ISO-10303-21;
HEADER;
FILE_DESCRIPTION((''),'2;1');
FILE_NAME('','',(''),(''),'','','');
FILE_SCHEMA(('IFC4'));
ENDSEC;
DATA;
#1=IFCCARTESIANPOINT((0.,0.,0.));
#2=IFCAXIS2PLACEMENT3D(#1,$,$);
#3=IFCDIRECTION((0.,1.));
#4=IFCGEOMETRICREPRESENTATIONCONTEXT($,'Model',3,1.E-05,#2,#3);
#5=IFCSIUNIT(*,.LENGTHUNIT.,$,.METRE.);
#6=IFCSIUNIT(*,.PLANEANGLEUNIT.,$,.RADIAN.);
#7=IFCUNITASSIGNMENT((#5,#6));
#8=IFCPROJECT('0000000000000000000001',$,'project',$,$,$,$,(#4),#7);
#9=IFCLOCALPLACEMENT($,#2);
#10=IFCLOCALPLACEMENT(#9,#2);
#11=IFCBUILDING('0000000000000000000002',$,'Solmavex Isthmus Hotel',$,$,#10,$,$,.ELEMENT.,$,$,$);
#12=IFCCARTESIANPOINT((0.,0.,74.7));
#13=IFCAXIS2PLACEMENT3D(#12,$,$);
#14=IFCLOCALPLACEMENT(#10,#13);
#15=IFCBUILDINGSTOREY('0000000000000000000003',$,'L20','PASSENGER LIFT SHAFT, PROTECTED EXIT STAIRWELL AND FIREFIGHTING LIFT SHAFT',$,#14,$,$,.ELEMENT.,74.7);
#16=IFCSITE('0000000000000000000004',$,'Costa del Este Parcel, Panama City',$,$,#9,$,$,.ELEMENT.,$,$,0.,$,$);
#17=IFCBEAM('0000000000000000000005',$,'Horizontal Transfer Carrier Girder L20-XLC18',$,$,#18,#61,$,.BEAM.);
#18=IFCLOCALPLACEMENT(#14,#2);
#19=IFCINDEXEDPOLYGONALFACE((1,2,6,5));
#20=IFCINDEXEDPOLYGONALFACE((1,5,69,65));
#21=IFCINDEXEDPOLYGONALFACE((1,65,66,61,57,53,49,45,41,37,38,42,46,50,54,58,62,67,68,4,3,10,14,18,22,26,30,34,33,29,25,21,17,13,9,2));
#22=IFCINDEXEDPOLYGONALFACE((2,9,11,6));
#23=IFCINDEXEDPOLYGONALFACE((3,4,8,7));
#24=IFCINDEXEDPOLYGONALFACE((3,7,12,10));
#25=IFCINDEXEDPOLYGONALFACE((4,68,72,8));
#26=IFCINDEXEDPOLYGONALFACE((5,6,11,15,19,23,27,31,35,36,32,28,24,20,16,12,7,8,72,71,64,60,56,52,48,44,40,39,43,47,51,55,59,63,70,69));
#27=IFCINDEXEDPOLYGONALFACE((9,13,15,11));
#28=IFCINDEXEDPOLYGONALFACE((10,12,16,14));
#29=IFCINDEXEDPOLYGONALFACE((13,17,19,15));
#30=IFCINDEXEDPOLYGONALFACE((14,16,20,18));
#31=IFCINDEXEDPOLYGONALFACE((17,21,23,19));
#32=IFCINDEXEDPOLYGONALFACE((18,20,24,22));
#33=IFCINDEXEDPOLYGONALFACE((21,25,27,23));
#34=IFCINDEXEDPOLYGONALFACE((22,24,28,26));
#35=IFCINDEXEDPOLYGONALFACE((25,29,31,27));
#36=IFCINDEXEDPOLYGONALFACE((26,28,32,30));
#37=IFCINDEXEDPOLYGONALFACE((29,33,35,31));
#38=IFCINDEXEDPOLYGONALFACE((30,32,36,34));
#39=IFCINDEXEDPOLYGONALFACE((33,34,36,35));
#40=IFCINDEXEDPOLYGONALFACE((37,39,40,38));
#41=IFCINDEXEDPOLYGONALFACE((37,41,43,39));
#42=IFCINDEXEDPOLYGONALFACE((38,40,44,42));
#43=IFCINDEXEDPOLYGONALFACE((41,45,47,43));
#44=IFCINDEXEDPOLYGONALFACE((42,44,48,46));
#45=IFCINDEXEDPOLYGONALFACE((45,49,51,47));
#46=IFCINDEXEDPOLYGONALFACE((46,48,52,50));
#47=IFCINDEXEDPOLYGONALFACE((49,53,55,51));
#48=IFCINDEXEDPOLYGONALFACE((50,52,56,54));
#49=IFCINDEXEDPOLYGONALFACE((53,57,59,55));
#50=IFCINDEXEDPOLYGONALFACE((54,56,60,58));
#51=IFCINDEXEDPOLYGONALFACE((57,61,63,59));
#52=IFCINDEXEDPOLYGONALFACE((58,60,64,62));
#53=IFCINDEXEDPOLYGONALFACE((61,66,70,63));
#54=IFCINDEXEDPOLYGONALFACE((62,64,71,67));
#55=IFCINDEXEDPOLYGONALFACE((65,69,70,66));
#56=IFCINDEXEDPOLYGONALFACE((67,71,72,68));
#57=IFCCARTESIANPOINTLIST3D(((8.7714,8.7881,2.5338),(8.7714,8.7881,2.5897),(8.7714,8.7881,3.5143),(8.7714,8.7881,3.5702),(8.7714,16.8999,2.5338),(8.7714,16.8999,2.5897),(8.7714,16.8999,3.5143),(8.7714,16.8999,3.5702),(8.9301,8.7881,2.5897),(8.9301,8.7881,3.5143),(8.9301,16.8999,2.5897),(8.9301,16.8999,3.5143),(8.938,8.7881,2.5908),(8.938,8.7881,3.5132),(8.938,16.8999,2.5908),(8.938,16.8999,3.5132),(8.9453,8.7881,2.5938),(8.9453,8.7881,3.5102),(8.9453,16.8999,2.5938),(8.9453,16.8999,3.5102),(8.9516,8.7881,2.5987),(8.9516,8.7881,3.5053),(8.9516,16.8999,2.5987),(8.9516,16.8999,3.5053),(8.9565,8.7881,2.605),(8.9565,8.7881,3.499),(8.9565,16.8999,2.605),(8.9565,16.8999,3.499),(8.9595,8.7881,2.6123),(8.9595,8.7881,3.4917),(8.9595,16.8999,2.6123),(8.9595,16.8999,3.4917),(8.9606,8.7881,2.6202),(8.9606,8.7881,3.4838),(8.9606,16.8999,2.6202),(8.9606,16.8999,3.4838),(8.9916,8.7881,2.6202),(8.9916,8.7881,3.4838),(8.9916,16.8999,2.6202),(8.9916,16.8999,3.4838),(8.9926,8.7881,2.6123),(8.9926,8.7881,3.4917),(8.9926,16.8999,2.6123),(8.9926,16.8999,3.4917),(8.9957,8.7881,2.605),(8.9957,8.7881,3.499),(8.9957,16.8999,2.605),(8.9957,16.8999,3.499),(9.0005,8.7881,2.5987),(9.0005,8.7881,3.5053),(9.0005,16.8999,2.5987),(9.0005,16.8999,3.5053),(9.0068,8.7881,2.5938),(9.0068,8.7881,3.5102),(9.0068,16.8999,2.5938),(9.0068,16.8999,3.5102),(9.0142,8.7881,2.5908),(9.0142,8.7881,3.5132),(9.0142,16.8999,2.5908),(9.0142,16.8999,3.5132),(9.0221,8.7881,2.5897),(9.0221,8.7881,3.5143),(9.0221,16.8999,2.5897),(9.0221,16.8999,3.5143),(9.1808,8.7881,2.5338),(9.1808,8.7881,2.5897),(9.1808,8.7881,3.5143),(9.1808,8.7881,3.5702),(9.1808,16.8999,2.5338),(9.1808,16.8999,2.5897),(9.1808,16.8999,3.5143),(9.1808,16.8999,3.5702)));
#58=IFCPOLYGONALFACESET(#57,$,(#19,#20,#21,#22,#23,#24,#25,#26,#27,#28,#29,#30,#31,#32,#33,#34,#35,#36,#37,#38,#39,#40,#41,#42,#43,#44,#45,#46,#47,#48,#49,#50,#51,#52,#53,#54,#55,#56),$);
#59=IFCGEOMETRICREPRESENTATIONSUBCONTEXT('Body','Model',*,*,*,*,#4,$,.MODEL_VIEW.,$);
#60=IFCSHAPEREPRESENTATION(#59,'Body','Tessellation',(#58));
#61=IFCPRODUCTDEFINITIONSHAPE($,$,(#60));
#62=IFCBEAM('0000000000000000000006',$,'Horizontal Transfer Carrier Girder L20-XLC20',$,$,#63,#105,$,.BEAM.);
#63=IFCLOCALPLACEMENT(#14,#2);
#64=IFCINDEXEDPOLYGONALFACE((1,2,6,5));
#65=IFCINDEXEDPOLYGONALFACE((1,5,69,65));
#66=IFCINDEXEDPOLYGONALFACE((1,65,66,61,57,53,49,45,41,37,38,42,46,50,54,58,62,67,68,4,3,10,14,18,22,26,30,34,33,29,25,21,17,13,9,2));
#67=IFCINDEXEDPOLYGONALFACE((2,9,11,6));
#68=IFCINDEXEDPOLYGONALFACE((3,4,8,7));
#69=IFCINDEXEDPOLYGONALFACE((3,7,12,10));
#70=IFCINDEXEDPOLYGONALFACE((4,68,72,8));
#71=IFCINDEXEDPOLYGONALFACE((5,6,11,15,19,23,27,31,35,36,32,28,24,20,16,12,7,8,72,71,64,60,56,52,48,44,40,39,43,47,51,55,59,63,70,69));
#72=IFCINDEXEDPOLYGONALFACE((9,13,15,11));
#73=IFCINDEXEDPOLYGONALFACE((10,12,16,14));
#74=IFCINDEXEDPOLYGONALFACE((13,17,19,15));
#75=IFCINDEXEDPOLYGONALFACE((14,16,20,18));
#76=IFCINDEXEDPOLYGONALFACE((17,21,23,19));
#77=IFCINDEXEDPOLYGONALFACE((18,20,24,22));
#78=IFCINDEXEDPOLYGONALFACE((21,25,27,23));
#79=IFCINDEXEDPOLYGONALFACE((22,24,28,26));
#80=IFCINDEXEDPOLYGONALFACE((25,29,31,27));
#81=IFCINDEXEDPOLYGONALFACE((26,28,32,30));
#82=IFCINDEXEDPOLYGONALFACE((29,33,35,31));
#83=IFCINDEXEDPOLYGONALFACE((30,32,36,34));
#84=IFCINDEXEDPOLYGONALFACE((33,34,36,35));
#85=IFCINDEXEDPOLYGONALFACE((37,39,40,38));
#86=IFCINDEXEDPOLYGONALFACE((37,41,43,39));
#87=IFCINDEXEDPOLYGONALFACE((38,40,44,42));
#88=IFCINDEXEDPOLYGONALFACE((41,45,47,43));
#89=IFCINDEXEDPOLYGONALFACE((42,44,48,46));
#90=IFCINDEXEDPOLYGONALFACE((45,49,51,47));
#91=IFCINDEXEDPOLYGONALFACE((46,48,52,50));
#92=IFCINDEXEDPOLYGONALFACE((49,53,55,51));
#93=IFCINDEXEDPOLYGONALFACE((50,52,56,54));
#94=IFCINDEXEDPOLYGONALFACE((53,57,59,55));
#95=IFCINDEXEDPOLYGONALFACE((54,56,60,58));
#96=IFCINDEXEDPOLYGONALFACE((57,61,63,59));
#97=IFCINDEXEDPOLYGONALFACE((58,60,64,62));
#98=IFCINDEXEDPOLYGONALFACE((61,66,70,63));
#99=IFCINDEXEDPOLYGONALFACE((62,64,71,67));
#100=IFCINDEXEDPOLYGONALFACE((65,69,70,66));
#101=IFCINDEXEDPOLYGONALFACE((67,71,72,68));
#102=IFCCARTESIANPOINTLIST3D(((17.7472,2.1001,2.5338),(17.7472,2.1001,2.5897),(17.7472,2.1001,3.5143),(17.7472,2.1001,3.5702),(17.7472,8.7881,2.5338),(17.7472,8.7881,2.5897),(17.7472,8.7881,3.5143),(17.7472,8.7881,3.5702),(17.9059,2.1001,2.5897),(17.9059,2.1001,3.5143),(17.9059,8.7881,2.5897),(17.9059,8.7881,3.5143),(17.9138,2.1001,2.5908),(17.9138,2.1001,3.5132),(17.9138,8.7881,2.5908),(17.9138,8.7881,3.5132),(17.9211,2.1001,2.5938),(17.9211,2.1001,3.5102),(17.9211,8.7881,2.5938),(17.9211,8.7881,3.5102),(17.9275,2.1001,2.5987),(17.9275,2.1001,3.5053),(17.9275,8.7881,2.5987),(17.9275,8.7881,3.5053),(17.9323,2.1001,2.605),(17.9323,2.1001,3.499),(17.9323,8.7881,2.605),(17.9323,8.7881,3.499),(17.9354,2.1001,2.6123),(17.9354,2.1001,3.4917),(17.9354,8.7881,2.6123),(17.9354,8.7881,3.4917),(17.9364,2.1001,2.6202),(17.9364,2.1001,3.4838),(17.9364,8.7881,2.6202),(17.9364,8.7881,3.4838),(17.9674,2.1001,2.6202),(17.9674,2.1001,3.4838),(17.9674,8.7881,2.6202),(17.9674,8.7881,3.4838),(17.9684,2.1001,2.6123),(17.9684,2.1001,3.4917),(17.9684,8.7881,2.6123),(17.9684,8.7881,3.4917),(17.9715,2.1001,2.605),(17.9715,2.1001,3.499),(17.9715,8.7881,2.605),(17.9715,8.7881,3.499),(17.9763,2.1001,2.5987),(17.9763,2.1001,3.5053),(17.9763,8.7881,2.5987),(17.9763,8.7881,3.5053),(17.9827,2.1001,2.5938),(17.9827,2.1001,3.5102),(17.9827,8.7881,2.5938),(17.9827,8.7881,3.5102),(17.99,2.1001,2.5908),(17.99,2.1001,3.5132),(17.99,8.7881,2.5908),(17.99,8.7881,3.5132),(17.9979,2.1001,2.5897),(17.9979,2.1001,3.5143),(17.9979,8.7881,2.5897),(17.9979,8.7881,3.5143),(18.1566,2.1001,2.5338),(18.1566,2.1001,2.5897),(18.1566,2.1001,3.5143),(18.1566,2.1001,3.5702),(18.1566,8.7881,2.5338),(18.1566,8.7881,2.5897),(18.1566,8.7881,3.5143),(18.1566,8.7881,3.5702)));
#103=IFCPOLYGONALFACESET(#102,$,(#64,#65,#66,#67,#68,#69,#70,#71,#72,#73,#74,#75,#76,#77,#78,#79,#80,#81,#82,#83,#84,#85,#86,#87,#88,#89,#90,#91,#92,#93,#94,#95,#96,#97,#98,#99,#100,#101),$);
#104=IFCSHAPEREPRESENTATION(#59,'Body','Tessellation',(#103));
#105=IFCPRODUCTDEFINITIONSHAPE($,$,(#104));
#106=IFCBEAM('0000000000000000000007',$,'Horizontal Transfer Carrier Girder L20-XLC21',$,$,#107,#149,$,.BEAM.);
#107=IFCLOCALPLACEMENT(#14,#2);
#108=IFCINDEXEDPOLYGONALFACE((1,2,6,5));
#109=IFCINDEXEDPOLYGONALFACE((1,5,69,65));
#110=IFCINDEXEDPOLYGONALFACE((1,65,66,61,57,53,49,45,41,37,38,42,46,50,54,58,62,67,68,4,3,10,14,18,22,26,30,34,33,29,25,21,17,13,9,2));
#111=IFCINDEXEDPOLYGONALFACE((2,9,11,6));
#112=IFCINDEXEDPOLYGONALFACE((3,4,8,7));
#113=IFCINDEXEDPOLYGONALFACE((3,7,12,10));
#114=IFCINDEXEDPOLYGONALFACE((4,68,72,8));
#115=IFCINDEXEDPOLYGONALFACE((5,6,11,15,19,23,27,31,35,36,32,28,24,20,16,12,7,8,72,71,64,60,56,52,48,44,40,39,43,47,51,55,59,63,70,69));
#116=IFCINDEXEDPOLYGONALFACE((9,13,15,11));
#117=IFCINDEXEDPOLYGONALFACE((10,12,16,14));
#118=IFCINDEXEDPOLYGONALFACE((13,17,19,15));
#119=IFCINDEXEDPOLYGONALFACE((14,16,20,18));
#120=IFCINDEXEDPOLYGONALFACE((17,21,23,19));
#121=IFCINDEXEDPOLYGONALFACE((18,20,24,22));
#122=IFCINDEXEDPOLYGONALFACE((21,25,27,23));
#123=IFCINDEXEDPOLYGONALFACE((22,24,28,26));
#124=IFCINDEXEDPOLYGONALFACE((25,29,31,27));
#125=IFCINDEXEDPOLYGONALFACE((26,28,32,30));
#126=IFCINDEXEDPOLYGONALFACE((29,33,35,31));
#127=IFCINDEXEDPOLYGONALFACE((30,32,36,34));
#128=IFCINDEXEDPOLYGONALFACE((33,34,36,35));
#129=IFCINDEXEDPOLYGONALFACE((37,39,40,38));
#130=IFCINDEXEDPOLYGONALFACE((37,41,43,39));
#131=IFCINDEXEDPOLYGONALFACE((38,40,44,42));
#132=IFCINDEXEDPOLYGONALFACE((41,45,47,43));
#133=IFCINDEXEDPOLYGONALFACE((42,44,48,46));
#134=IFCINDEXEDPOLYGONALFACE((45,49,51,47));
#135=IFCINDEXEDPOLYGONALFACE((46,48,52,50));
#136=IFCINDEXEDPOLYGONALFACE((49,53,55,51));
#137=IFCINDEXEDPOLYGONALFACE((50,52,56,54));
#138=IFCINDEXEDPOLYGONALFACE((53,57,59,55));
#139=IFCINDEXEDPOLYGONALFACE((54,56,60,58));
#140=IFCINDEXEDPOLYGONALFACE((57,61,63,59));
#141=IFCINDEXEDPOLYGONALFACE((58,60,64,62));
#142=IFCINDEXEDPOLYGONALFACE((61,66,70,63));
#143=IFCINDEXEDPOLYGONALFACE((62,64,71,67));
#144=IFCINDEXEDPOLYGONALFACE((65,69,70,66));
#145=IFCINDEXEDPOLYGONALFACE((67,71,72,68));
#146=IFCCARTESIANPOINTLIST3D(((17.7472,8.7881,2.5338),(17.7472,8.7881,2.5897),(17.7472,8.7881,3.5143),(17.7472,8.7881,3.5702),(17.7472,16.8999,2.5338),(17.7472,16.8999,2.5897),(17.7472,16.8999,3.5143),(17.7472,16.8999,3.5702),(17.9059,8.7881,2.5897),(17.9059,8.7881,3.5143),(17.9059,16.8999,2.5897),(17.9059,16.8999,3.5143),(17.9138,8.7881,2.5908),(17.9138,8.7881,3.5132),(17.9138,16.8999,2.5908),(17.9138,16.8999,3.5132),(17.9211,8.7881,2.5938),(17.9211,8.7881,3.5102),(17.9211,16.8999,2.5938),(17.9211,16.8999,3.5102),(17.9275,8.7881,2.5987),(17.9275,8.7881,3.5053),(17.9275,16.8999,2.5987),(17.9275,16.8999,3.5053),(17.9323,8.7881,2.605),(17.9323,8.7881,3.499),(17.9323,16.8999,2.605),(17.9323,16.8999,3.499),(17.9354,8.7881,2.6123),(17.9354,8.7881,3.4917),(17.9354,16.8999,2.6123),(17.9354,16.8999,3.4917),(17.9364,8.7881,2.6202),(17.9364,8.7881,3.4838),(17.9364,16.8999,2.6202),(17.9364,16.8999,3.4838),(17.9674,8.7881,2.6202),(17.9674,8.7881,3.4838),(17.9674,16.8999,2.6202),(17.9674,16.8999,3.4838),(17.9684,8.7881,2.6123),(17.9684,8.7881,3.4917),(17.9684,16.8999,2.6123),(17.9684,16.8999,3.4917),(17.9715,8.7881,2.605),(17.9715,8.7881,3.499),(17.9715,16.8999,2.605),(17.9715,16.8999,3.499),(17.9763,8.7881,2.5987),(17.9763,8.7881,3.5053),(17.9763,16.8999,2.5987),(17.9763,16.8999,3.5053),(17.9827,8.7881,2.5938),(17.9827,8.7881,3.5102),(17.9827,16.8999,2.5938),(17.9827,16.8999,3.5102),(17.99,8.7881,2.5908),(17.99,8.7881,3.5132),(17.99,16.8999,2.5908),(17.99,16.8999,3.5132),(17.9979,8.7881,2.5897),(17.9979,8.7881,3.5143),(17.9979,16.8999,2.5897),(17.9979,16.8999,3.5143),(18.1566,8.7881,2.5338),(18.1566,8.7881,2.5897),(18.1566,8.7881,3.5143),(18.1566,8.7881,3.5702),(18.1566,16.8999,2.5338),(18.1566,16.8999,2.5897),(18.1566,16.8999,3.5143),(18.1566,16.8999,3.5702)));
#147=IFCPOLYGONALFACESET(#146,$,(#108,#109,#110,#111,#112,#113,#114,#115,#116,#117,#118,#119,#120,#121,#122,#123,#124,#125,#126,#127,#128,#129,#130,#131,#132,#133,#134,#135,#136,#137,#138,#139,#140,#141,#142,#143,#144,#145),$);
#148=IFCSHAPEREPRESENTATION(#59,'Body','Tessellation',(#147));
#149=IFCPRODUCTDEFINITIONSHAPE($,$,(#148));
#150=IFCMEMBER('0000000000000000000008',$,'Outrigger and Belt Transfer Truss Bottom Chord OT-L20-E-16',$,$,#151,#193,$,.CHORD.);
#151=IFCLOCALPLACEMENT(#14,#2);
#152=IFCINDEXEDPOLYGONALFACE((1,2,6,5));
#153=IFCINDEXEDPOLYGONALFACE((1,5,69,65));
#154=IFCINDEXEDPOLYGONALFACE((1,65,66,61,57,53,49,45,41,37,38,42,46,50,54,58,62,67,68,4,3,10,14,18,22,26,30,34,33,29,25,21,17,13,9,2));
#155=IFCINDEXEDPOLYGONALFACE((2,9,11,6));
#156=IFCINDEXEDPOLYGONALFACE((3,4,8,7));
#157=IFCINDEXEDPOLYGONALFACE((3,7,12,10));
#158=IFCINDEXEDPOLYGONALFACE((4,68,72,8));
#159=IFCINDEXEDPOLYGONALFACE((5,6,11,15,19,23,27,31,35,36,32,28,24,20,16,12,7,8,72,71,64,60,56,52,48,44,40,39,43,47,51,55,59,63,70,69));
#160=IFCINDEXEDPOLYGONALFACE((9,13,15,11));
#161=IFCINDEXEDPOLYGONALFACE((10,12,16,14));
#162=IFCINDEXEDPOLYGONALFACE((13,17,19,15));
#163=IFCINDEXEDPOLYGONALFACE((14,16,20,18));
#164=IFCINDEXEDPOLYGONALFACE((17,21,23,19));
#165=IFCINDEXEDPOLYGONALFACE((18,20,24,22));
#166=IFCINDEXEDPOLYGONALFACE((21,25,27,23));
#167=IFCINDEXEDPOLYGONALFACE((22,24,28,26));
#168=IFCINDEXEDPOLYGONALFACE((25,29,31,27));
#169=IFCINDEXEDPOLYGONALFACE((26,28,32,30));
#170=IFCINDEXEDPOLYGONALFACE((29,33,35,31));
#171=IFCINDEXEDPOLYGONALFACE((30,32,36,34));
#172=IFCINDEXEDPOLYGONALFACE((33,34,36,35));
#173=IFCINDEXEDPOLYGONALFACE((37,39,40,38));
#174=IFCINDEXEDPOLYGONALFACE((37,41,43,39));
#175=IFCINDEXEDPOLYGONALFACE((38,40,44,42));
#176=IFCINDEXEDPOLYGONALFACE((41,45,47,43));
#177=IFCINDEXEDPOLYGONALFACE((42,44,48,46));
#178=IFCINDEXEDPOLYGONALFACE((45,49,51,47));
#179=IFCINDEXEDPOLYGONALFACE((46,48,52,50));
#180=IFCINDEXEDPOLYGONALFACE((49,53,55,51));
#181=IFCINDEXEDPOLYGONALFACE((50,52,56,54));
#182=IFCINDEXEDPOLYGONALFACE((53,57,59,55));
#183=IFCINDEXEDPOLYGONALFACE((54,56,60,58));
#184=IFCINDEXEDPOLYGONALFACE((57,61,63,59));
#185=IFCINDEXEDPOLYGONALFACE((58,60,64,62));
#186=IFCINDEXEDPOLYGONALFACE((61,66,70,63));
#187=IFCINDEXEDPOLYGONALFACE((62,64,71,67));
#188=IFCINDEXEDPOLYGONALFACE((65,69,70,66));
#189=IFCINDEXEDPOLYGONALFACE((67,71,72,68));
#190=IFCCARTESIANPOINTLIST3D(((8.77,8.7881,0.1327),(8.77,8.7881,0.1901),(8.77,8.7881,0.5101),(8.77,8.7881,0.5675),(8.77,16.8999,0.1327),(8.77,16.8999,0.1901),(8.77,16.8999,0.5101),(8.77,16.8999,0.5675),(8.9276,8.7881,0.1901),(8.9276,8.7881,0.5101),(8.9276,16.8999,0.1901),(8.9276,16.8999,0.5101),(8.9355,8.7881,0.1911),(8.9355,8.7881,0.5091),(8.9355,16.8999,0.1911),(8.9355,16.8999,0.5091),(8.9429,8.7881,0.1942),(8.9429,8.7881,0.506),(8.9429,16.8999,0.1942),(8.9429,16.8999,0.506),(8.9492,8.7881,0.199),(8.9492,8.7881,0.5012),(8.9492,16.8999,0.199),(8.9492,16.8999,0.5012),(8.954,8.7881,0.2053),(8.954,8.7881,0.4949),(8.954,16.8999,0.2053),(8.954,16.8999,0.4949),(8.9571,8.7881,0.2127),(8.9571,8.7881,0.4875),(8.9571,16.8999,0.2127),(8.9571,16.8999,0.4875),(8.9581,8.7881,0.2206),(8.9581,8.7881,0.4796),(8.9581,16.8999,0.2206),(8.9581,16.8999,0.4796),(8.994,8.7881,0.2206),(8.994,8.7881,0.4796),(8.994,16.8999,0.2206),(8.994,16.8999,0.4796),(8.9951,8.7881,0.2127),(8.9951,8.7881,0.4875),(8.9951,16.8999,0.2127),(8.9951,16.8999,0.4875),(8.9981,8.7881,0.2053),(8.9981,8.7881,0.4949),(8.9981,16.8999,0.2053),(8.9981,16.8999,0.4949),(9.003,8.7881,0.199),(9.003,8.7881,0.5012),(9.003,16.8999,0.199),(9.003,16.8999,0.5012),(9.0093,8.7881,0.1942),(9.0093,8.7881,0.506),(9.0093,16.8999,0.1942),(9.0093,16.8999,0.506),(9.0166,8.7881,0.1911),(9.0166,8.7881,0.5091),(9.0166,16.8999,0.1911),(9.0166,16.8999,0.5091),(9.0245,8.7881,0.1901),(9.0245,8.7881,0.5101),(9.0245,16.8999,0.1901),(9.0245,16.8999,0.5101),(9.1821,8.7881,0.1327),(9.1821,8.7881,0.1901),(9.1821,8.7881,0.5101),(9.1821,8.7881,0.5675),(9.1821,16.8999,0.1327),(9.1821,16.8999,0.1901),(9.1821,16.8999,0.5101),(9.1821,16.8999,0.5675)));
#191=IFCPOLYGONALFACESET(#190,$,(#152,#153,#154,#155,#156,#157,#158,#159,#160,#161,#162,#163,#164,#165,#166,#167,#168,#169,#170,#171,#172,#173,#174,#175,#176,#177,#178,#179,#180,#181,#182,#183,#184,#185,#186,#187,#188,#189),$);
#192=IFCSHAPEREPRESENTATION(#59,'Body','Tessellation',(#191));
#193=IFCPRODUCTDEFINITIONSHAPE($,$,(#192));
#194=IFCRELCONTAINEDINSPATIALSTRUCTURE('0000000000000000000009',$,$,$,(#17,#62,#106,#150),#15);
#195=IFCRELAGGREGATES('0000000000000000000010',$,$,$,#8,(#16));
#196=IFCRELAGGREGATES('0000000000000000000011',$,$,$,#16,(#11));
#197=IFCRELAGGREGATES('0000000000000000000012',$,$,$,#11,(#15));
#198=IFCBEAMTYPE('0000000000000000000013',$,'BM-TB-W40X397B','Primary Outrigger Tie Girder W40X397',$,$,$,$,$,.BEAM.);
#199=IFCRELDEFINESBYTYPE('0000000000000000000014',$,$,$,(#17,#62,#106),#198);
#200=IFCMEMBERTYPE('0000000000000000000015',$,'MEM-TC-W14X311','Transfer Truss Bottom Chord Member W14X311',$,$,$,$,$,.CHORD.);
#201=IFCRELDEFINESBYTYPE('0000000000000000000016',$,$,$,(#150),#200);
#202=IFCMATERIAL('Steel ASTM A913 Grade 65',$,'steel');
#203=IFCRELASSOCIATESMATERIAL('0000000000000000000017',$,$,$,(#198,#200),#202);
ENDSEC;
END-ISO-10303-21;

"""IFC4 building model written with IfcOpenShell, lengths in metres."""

from ifc_helpers import new_model, si_unit, direction, frame, origin, origin_2d, place, context, subcontext, project, spatial, i_section, extrude, material, material_profile, profile_set, type_object, element, save


model = new_model("IFC4")

# Units and contexts
model_context = context("Model", 3, precision=1e-05, world=origin(), true_north=direction((0.0, 1.0)))
body_context = subcontext(model_context, "Body", "Model", "MODEL_VIEW")
ifc_project = project(units=[si_unit("LENGTHUNIT", "METRE"), si_unit("PLANEANGLEUNIT", "RADIAN")], contexts=[model_context])

# Site, building, storey
site_placement = place(None, origin())
site = spatial("IfcSite", under=ifc_project, at=site_placement, Name="Costa del Este Parcel, Panama City", CompositionType="ELEMENT", RefElevation=0.0)
building_placement = place(site_placement, origin())
building = spatial("IfcBuilding", under=site, at=building_placement, Name="Solmavex Isthmus Hotel", CompositionType="ELEMENT")
storey_placement = place(building_placement, frame((0.0, 0.0, 74.7)))
storey = spatial("IfcBuildingStorey", under=building, at=storey_placement, Name="L20", Description="PASSENGER LIFT SHAFT, PROTECTED EXIT STAIRWELL AND FIREFIGHTING LIFT SHAFT", CompositionType="ELEMENT", Elevation=74.7)

# Shared definitions
ifc_material_1 = material(Name="Steel ASTM A913 Grade 65", Category="steel")

# Beams
ifc_material_profile_1 = material_profile(ifc_material_1, i_section(OverallWidth=0.4094, OverallDepth=1.0364, WebThickness=0.031, FlangeThickness=0.0559, FilletRadius=0.0305, at=origin_2d()), Name="W40X397")
ifc_profile_set_1 = profile_set([ifc_material_profile_1], Name="Steel ASTM A913 Grade 65")
beam_type_1 = type_object("IfcBeamType", Name="BM-TB-W40X397B", Description="Primary Outrigger Tie Girder W40X397", PredefinedType="BEAM", material=ifc_profile_set_1)
beam_1_placement = place(storey_placement, frame((8.9761, 8.7881, 3.052), z_axis=(0.0, 1.0, 0.0), x_axis=(-1.0, 0.0, 0.0)))
element("IfcBeam", 1, at=beam_1_placement, inside=storey, type_object=beam_type_1, Name="Horizontal Transfer Carrier Girder L20-XLC18", PredefinedType="BEAM", context=body_context, shape_type="SweptSolid", body=[
    extrude(i_section(OverallWidth=0.4094, OverallDepth=1.0364, WebThickness=0.031, FlangeThickness=0.0559, FilletRadius=0.0305, at=origin_2d()), origin(), (0.0, 0.0, 1.0), 8.1118),
])
beam_2_placement = place(storey_placement, frame((17.9519, 2.1001, 3.052), z_axis=(0.0, 1.0, 0.0), x_axis=(-1.0, 0.0, 0.0)))
element("IfcBeam", 2, at=beam_2_placement, inside=storey, type_object=beam_type_1, Name="Horizontal Transfer Carrier Girder L20-XLC20", PredefinedType="BEAM", context=body_context, shape_type="SweptSolid", body=[
    extrude(i_section(OverallWidth=0.4094, OverallDepth=1.0364, WebThickness=0.031, FlangeThickness=0.0559, FilletRadius=0.0305, at=origin_2d()), origin(), (0.0, 0.0, 1.0), 6.688),
])
beam_3_placement = place(storey_placement, frame((17.9519, 8.7881, 3.052), z_axis=(0.0, 1.0, 0.0), x_axis=(-1.0, 0.0, 0.0)))
element("IfcBeam", 3, at=beam_3_placement, inside=storey, type_object=beam_type_1, Name="Horizontal Transfer Carrier Girder L20-XLC21", PredefinedType="BEAM", context=body_context, shape_type="SweptSolid", body=[
    extrude(i_section(OverallWidth=0.4094, OverallDepth=1.0364, WebThickness=0.031, FlangeThickness=0.0559, FilletRadius=0.0305, at=origin_2d()), origin(), (0.0, 0.0, 1.0), 8.1118),
])

# Member
ifc_material_profile_2 = material_profile(ifc_material_1, i_section(OverallWidth=0.4121, OverallDepth=0.4348, WebThickness=0.0359, FlangeThickness=0.0574, FilletRadius=0.0305, at=origin_2d()), Name="W14X311")
ifc_profile_set_2 = profile_set([ifc_material_profile_2], Name="Steel ASTM A913 Grade 65")
member_type_1 = type_object("IfcMemberType", Name="MEM-TC-W14X311", Description="Transfer Truss Bottom Chord Member W14X311", PredefinedType="CHORD", material=ifc_profile_set_2)
member_1_placement = place(storey_placement, frame((8.9761, 8.7881, 0.3501), z_axis=(0.0, 1.0, 0.0), x_axis=(-1.0, 0.0, 0.0)))
element("IfcMember", 4, at=member_1_placement, inside=storey, type_object=member_type_1, Name="Outrigger and Belt Transfer Truss Bottom Chord OT-L20-E-16", PredefinedType="CHORD", context=body_context, shape_type="SweptSolid", body=[
    extrude(i_section(OverallWidth=0.4121, OverallDepth=0.4348, WebThickness=0.0359, FlangeThickness=0.0574, FilletRadius=0.0305, at=origin_2d()), origin(), (0.0, 0.0, 1.0), 8.1118),
])

save(model, "model.ifc")
